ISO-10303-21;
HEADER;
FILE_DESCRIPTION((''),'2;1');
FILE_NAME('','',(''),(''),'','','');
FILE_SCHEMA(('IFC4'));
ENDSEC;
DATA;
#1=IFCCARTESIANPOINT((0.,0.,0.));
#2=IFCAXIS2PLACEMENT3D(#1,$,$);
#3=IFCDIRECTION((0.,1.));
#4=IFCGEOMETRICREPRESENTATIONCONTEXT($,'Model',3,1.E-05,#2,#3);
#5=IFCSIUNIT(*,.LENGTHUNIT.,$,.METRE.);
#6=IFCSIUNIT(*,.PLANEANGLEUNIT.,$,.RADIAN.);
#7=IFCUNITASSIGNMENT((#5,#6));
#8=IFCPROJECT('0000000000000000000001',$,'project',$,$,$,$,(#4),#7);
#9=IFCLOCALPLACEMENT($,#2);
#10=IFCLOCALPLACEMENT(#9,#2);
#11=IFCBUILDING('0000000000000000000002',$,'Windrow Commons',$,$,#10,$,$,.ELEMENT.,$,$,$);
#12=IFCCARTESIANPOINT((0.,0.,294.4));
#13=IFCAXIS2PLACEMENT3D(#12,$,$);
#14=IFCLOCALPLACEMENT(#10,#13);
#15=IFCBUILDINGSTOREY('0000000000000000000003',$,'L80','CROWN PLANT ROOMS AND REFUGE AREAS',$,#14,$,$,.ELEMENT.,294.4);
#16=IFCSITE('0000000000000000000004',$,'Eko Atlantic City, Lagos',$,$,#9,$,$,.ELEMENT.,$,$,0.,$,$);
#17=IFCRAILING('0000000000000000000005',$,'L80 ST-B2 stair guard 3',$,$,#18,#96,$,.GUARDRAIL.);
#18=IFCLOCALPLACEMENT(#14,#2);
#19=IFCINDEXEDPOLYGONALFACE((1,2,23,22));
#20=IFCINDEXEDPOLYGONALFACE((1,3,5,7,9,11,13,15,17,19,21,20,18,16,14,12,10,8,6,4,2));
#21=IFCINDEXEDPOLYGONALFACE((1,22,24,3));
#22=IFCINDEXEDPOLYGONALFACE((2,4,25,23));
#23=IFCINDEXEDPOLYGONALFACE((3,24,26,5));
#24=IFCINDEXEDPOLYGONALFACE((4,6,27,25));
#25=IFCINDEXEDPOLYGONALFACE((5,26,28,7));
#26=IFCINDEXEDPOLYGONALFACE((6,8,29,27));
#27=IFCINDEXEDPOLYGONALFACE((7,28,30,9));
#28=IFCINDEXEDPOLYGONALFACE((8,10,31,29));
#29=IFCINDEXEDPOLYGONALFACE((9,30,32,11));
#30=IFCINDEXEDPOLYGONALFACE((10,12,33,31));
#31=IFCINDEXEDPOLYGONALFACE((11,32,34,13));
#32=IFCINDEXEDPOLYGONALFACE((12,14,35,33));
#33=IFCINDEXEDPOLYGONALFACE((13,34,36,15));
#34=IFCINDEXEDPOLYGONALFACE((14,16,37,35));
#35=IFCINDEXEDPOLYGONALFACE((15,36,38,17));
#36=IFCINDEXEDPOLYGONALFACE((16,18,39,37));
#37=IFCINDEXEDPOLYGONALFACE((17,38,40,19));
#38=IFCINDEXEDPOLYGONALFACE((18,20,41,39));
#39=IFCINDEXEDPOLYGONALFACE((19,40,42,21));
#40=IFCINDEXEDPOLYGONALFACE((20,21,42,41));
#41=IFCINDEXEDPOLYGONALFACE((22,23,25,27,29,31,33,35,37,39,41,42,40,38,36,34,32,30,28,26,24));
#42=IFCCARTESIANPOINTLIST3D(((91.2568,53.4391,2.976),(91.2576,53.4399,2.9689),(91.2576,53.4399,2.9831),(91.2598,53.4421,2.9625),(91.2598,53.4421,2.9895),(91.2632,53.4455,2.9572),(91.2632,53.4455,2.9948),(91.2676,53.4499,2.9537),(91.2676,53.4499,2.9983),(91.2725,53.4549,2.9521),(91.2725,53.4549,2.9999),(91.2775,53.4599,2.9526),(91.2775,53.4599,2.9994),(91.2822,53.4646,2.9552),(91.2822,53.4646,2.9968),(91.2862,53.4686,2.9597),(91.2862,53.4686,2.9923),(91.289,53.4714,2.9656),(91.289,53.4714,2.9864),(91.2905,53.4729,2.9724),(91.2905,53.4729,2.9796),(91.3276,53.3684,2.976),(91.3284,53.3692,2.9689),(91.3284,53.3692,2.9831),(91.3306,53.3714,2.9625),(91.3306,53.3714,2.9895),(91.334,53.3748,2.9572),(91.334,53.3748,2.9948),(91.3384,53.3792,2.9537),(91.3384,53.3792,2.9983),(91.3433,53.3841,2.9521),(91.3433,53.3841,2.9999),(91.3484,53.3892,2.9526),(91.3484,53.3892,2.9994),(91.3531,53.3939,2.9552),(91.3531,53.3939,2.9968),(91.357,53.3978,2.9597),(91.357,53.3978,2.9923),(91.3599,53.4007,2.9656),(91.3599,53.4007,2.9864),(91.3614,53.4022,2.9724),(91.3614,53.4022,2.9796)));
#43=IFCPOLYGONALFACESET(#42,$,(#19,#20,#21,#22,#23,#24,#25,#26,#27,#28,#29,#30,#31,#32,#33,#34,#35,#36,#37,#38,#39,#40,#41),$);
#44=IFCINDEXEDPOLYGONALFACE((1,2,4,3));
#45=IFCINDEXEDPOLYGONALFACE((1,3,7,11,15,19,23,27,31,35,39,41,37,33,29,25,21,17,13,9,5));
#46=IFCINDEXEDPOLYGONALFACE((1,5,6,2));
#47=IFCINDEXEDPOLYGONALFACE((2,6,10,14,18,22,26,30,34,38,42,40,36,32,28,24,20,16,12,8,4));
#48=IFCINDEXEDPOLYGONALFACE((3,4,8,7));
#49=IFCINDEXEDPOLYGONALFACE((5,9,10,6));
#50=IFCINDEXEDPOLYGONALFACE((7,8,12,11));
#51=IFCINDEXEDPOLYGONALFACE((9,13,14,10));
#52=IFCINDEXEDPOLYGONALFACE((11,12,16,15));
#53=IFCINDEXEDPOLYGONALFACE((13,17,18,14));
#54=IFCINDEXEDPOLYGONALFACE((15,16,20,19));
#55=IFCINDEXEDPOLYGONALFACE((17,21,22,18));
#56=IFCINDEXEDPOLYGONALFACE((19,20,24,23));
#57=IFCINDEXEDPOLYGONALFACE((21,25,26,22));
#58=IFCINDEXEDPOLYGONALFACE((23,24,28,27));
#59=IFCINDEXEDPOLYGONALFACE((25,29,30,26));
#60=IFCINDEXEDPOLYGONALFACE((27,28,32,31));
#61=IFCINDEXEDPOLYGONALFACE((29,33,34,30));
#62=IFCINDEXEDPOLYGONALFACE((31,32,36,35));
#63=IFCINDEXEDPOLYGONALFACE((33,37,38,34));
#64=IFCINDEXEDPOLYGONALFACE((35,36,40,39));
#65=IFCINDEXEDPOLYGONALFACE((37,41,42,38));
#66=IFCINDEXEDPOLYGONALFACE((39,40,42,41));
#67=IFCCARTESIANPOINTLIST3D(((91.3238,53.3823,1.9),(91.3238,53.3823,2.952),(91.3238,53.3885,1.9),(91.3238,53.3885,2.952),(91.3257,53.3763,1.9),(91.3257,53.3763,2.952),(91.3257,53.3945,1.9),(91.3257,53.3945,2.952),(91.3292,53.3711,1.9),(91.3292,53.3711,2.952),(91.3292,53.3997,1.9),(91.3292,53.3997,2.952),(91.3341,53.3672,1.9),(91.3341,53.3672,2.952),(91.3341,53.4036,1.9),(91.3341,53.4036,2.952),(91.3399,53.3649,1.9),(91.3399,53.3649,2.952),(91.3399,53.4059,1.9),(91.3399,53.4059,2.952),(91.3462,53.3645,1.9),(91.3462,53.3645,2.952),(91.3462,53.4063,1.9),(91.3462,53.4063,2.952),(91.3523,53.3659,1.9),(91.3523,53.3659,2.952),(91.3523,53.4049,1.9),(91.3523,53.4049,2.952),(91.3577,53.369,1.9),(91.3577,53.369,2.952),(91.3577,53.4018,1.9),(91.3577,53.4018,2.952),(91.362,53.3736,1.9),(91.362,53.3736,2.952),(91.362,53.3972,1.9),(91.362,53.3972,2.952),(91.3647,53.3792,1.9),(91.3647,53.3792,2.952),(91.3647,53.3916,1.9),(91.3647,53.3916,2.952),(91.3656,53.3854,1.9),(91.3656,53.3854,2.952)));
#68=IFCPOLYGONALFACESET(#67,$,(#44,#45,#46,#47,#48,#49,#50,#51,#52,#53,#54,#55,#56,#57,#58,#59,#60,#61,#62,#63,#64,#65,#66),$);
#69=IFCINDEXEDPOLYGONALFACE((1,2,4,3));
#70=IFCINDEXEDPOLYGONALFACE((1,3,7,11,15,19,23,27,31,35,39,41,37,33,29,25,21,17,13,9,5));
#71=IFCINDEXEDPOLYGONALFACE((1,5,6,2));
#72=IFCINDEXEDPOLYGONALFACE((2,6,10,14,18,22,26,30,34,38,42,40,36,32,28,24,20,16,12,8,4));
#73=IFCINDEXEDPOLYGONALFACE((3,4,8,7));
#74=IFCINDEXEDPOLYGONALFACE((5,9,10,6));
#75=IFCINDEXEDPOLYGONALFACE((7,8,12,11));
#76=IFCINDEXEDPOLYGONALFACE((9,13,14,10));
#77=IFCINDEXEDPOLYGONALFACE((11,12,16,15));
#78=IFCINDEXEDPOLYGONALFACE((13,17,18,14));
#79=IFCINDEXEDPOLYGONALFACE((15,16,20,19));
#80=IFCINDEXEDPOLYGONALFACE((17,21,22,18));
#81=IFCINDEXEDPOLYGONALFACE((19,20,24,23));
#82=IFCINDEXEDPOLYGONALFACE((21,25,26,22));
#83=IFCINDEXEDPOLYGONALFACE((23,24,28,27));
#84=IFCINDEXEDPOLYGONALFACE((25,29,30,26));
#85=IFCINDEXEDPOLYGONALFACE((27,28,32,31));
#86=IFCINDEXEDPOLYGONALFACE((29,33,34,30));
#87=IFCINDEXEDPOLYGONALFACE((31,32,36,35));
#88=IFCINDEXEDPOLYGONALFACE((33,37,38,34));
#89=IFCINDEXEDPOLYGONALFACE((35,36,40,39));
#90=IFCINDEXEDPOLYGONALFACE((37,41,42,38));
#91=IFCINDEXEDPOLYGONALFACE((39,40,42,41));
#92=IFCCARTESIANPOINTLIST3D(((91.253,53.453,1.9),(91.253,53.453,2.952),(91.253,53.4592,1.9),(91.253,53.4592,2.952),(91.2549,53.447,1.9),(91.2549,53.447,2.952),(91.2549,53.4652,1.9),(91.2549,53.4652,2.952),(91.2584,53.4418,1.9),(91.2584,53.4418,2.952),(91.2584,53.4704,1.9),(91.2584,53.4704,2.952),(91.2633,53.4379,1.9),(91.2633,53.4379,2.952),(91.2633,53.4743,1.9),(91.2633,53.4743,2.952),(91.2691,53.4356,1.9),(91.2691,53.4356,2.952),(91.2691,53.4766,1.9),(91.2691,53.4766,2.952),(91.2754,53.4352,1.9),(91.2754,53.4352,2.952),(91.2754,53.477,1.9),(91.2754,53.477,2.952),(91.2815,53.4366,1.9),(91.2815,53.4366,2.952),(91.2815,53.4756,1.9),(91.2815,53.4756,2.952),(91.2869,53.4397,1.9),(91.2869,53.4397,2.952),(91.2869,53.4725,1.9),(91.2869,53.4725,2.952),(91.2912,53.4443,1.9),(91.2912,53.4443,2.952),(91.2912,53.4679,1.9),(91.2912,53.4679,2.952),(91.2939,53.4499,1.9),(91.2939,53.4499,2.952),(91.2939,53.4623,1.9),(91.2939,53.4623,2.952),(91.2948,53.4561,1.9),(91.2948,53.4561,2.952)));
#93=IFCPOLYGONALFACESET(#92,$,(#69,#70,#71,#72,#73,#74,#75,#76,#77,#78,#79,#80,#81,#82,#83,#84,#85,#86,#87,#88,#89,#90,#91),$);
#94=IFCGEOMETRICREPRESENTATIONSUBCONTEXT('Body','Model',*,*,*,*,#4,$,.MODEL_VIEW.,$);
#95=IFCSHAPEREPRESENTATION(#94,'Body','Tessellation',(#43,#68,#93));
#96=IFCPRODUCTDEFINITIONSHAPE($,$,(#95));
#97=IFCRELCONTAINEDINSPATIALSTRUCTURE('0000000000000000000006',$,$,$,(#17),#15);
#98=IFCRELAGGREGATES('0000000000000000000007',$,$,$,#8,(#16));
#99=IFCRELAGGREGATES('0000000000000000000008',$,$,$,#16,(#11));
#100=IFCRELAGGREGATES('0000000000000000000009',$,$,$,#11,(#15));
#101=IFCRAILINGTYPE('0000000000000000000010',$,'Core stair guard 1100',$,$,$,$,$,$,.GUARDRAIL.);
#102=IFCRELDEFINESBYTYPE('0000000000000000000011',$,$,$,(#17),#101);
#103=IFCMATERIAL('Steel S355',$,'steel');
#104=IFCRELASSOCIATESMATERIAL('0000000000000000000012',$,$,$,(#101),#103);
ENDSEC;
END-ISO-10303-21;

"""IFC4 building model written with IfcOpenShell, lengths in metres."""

from ifc_helpers import new_model, si_unit, direction, frame, origin, origin_2d, place, context, subcontext, project, spatial, circle, extrude, material, type_object, element, save


model = new_model("IFC4")

# Units and contexts
model_context = context("Model", 3, precision=1e-05, world=origin(), true_north=direction((0.0, 1.0)))
body_context = subcontext(model_context, "Body", "Model", "MODEL_VIEW")
ifc_project = project(units=[si_unit("LENGTHUNIT", "METRE"), si_unit("PLANEANGLEUNIT", "RADIAN")], contexts=[model_context])

# Site, building, storey
site_placement = place(None, origin())
site = spatial("IfcSite", under=ifc_project, at=site_placement, Name="Eko Atlantic City, Lagos", CompositionType="ELEMENT", RefElevation=0.0)
building_placement = place(site_placement, origin())
building = spatial("IfcBuilding", under=site, at=building_placement, Name="Windrow Commons", CompositionType="ELEMENT")
storey_placement = place(building_placement, frame((0.0, 0.0, 294.4)))
storey = spatial("IfcBuildingStorey", under=building, at=storey_placement, Name="L80", Description="CROWN PLANT ROOMS AND REFUGE AREAS", CompositionType="ELEMENT", Elevation=294.4)

# Railing
ifc_material_1 = material(Name="Steel S355", Category="steel")
railing_type_1 = type_object("IfcRailingType", Name="Core stair guard 1100", PredefinedType="GUARDRAIL", material=ifc_material_1)
railing_1_placement = place(storey_placement, frame((91.3446, 53.3854, 1.9)))
element("IfcRailing", 1, at=railing_1_placement, inside=storey, type_object=railing_type_1, Name="L80 ST-B2 stair guard 3", PredefinedType="GUARDRAIL", context=body_context, shape_type="SweptSolid", body=[
    extrude(circle(Radius=0.024, at=origin_2d()), frame((0.0, 0.0, 1.076), z_axis=(-0.707606, 0.706607, 0.0), x_axis=(-0.706607, -0.707606, 0.0)), (0.0, 0.0, 1.0), 0.1001),
    extrude(circle(Radius=0.021, at=origin_2d()), origin(), (0.0, 0.0, 1.0), 1.052),
    extrude(circle(Radius=0.021, at=origin_2d()), frame((-0.0708, 0.0707, 0.0)), (0.0, 0.0, 1.0), 1.052),
])

save(model, "model.ifc")
